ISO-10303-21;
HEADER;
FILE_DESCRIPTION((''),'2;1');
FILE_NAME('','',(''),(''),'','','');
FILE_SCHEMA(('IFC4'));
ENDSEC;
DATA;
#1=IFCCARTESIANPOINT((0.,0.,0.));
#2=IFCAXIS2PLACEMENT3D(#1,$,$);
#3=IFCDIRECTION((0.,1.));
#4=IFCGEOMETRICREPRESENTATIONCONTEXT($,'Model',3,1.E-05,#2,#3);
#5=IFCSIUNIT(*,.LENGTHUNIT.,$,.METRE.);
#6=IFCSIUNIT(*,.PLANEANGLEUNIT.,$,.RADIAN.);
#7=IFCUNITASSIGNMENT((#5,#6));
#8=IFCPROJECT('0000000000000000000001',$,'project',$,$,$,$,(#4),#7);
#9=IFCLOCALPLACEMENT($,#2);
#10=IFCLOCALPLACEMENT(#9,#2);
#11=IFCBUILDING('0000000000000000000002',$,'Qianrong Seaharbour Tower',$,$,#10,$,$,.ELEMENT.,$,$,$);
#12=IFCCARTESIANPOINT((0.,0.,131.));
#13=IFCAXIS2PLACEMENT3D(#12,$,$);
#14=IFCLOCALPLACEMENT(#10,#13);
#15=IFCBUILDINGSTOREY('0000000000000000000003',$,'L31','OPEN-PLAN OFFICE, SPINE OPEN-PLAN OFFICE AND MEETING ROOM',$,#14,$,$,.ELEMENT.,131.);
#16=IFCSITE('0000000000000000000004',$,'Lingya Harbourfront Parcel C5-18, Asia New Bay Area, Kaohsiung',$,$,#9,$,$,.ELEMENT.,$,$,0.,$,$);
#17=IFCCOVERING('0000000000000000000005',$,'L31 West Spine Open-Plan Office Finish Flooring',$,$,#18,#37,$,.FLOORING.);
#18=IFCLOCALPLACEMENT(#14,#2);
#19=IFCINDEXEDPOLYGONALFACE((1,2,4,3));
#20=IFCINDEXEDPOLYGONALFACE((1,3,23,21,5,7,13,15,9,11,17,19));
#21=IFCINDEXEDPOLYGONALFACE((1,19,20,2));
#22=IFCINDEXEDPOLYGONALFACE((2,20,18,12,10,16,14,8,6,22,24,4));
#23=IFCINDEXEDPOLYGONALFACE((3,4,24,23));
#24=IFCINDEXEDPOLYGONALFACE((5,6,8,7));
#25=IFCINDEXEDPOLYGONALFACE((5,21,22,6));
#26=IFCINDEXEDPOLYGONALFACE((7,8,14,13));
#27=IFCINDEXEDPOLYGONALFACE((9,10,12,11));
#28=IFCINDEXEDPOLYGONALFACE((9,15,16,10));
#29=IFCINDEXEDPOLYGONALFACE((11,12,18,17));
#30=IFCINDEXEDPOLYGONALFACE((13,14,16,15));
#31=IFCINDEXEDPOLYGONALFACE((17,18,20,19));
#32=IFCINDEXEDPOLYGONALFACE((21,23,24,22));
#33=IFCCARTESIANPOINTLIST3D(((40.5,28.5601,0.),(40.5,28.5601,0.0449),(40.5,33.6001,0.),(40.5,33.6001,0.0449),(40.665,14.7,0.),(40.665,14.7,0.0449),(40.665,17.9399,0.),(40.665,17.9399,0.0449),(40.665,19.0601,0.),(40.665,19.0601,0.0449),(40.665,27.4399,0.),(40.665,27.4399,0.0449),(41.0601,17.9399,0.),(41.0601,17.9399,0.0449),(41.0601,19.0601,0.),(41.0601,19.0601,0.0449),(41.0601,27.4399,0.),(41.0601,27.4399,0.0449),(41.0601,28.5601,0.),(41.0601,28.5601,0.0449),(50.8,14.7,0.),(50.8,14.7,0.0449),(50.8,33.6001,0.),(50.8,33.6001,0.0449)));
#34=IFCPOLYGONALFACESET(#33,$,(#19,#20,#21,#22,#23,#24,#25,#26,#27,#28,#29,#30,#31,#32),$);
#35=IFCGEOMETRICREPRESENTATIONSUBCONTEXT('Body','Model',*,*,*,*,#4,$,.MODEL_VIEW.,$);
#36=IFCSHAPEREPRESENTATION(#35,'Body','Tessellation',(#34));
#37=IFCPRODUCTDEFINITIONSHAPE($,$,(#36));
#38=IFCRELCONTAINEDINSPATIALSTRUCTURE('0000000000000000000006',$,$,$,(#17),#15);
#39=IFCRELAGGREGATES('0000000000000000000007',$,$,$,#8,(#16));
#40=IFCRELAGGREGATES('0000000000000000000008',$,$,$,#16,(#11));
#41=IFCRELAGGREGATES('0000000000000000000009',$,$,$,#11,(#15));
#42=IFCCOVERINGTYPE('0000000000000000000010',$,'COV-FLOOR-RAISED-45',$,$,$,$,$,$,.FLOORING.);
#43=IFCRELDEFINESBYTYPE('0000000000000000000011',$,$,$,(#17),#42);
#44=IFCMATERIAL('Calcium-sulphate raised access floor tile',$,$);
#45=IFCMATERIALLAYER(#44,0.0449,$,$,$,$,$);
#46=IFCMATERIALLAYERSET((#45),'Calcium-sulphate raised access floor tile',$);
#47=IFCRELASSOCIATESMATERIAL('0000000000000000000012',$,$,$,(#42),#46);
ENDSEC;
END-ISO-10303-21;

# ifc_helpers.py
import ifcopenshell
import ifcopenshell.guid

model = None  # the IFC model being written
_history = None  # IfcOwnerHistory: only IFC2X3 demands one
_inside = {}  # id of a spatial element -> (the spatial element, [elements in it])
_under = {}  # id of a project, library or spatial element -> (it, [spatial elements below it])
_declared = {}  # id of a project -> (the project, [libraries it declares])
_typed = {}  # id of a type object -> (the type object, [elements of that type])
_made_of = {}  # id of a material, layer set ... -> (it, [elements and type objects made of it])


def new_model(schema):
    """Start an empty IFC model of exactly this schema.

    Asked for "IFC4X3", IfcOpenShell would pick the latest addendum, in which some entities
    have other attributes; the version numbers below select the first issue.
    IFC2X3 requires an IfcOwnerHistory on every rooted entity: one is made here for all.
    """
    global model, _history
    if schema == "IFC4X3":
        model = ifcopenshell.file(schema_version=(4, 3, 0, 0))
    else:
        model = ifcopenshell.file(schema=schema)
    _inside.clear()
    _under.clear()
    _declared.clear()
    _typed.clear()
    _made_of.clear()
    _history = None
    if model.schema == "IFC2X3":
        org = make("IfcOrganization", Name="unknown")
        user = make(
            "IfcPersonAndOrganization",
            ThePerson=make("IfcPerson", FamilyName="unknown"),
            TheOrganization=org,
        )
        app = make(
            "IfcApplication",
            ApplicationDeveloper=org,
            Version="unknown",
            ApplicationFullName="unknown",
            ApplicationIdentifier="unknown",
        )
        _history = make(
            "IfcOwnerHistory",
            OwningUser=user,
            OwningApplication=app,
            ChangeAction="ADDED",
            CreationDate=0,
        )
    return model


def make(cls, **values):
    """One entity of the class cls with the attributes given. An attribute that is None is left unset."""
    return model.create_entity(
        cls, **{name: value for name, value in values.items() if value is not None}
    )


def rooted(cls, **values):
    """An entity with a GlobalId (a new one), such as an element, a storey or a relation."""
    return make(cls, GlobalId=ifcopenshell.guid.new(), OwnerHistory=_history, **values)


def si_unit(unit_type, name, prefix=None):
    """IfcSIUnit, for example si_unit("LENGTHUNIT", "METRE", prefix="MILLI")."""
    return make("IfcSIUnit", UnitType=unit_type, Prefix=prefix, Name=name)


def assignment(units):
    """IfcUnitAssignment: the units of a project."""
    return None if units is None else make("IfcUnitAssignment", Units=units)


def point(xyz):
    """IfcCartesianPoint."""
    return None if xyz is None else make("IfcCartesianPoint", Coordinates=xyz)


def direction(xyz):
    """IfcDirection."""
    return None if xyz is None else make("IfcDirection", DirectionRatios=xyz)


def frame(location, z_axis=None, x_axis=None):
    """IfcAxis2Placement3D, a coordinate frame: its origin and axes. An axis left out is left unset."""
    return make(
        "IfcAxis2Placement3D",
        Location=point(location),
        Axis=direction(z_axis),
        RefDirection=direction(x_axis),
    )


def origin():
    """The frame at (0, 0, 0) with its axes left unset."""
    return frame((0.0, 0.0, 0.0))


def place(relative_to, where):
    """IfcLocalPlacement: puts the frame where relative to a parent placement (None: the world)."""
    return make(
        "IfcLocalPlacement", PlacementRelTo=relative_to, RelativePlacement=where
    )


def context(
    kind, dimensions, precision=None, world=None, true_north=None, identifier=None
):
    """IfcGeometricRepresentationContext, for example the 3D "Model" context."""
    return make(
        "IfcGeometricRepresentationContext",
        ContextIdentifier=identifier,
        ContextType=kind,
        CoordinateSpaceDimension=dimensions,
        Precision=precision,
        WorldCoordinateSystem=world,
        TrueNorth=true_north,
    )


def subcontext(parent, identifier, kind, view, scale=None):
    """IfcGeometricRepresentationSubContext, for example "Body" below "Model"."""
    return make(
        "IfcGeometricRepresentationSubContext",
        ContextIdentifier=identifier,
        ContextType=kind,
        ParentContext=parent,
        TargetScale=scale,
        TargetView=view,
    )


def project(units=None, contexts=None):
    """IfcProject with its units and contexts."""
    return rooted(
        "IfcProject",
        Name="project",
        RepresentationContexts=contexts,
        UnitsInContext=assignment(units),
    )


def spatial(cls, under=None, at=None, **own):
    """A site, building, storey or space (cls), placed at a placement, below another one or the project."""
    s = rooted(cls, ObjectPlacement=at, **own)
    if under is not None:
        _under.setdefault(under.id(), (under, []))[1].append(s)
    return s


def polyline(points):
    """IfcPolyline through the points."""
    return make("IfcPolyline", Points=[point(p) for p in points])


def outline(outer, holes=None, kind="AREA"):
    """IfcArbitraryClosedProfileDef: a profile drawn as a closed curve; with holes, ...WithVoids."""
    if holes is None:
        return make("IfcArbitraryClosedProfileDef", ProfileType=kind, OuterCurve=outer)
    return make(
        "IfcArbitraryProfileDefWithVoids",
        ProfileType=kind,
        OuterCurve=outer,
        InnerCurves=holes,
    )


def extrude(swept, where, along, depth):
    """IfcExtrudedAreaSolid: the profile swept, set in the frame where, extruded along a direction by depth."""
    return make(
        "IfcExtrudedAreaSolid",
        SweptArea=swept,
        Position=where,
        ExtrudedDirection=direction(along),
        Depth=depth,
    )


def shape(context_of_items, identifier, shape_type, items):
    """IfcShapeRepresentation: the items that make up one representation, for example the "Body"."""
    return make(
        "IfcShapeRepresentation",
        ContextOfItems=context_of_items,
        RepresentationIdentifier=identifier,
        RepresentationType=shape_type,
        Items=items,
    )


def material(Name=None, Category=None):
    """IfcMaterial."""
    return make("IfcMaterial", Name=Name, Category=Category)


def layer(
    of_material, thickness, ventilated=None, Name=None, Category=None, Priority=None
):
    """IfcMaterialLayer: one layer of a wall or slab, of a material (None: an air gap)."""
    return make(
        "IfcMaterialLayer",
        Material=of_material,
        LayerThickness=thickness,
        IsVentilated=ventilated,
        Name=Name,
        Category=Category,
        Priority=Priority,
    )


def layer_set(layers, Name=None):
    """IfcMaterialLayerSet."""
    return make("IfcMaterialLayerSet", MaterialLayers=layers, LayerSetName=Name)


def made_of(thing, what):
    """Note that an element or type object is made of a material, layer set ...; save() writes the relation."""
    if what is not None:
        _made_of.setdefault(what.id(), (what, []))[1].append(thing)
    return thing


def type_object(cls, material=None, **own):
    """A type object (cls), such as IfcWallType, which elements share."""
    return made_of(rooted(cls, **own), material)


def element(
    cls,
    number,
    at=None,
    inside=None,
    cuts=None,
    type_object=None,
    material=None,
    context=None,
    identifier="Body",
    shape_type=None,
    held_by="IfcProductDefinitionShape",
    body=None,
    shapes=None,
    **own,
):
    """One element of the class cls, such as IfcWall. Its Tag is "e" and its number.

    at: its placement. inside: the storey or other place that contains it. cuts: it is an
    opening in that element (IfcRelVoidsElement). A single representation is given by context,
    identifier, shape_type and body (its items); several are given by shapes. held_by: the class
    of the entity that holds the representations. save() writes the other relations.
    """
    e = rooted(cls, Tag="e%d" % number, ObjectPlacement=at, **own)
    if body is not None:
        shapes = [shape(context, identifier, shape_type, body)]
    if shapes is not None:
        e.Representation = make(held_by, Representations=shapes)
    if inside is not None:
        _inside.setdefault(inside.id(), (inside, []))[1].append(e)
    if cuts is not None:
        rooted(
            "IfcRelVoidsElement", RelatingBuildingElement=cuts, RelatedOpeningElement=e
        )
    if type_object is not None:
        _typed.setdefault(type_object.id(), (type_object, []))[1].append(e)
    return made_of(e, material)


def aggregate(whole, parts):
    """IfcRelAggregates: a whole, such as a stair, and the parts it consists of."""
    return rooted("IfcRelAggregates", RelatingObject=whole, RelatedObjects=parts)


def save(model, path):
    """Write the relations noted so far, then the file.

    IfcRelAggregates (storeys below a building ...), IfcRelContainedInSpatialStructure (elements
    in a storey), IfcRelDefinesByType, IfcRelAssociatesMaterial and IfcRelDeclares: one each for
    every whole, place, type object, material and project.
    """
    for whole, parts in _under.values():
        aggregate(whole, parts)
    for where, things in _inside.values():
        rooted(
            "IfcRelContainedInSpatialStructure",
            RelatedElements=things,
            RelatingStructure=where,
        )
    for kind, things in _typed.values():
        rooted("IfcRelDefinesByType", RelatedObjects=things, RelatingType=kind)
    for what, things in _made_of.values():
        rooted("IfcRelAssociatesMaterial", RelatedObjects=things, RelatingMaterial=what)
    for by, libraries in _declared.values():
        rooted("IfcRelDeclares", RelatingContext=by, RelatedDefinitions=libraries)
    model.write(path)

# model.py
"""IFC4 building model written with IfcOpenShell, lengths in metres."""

from ifc_helpers import new_model, si_unit, direction, frame, origin, place, context, subcontext, project, spatial, polyline, outline, extrude, material, layer, layer_set, type_object, element, save


model = new_model("IFC4")

# Units and contexts
model_context = context("Model", 3, precision=1e-05, world=origin(), true_north=direction((0.0, 1.0)))
body_context = subcontext(model_context, "Body", "Model", "MODEL_VIEW")
ifc_project = project(units=[si_unit("LENGTHUNIT", "METRE"), si_unit("PLANEANGLEUNIT", "RADIAN")], contexts=[model_context])

# Site, building, storey
site_placement = place(None, origin())
site = spatial("IfcSite", under=ifc_project, at=site_placement, Name="Lingya Harbourfront Parcel C5-18, Asia New Bay Area, Kaohsiung", CompositionType="ELEMENT", RefElevation=0.0)
building_placement = place(site_placement, origin())
building = spatial("IfcBuilding", under=site, at=building_placement, Name="Qianrong Seaharbour Tower", CompositionType="ELEMENT")
storey_placement = place(building_placement, frame((0.0, 0.0, 131.0)))
storey = spatial("IfcBuildingStorey", under=building, at=storey_placement, Name="L31", Description="OPEN-PLAN OFFICE, SPINE OPEN-PLAN OFFICE AND MEETING ROOM", CompositionType="ELEMENT", Elevation=131.0)

# Covering
ifc_material_1 = material(Name="Calcium-sulphate raised access floor tile")
ifc_layer_1 = layer(ifc_material_1, 0.0449)
ifc_layer_set_1 = layer_set([ifc_layer_1], Name="Calcium-sulphate raised access floor tile")
covering_type_1 = type_object("IfcCoveringType", Name="COV-FLOOR-RAISED-45", PredefinedType="FLOORING", material=ifc_layer_set_1)
covering_1_placement = place(storey_placement, origin())
element("IfcCovering", 1, at=covering_1_placement, inside=storey, type_object=covering_type_1, Name="L31 West Spine Open-Plan Office Finish Flooring", PredefinedType="FLOORING", context=body_context, shape_type="SweptSolid", body=[
    extrude(outline(polyline([(50.8, 14.7), (40.665, 14.7), (40.665, 17.9399), (41.0601, 17.9399), (41.0601, 19.0601), (40.665, 19.0601), (40.665, 27.4399), (41.0601, 27.4399), (41.0601, 28.5601), (40.5, 28.5601), (40.5, 33.6001), (50.8, 33.6001), (50.8, 14.7)])), origin(), (0.0, 0.0, 1.0), 0.0449),
])

save(model, "model.ifc")
